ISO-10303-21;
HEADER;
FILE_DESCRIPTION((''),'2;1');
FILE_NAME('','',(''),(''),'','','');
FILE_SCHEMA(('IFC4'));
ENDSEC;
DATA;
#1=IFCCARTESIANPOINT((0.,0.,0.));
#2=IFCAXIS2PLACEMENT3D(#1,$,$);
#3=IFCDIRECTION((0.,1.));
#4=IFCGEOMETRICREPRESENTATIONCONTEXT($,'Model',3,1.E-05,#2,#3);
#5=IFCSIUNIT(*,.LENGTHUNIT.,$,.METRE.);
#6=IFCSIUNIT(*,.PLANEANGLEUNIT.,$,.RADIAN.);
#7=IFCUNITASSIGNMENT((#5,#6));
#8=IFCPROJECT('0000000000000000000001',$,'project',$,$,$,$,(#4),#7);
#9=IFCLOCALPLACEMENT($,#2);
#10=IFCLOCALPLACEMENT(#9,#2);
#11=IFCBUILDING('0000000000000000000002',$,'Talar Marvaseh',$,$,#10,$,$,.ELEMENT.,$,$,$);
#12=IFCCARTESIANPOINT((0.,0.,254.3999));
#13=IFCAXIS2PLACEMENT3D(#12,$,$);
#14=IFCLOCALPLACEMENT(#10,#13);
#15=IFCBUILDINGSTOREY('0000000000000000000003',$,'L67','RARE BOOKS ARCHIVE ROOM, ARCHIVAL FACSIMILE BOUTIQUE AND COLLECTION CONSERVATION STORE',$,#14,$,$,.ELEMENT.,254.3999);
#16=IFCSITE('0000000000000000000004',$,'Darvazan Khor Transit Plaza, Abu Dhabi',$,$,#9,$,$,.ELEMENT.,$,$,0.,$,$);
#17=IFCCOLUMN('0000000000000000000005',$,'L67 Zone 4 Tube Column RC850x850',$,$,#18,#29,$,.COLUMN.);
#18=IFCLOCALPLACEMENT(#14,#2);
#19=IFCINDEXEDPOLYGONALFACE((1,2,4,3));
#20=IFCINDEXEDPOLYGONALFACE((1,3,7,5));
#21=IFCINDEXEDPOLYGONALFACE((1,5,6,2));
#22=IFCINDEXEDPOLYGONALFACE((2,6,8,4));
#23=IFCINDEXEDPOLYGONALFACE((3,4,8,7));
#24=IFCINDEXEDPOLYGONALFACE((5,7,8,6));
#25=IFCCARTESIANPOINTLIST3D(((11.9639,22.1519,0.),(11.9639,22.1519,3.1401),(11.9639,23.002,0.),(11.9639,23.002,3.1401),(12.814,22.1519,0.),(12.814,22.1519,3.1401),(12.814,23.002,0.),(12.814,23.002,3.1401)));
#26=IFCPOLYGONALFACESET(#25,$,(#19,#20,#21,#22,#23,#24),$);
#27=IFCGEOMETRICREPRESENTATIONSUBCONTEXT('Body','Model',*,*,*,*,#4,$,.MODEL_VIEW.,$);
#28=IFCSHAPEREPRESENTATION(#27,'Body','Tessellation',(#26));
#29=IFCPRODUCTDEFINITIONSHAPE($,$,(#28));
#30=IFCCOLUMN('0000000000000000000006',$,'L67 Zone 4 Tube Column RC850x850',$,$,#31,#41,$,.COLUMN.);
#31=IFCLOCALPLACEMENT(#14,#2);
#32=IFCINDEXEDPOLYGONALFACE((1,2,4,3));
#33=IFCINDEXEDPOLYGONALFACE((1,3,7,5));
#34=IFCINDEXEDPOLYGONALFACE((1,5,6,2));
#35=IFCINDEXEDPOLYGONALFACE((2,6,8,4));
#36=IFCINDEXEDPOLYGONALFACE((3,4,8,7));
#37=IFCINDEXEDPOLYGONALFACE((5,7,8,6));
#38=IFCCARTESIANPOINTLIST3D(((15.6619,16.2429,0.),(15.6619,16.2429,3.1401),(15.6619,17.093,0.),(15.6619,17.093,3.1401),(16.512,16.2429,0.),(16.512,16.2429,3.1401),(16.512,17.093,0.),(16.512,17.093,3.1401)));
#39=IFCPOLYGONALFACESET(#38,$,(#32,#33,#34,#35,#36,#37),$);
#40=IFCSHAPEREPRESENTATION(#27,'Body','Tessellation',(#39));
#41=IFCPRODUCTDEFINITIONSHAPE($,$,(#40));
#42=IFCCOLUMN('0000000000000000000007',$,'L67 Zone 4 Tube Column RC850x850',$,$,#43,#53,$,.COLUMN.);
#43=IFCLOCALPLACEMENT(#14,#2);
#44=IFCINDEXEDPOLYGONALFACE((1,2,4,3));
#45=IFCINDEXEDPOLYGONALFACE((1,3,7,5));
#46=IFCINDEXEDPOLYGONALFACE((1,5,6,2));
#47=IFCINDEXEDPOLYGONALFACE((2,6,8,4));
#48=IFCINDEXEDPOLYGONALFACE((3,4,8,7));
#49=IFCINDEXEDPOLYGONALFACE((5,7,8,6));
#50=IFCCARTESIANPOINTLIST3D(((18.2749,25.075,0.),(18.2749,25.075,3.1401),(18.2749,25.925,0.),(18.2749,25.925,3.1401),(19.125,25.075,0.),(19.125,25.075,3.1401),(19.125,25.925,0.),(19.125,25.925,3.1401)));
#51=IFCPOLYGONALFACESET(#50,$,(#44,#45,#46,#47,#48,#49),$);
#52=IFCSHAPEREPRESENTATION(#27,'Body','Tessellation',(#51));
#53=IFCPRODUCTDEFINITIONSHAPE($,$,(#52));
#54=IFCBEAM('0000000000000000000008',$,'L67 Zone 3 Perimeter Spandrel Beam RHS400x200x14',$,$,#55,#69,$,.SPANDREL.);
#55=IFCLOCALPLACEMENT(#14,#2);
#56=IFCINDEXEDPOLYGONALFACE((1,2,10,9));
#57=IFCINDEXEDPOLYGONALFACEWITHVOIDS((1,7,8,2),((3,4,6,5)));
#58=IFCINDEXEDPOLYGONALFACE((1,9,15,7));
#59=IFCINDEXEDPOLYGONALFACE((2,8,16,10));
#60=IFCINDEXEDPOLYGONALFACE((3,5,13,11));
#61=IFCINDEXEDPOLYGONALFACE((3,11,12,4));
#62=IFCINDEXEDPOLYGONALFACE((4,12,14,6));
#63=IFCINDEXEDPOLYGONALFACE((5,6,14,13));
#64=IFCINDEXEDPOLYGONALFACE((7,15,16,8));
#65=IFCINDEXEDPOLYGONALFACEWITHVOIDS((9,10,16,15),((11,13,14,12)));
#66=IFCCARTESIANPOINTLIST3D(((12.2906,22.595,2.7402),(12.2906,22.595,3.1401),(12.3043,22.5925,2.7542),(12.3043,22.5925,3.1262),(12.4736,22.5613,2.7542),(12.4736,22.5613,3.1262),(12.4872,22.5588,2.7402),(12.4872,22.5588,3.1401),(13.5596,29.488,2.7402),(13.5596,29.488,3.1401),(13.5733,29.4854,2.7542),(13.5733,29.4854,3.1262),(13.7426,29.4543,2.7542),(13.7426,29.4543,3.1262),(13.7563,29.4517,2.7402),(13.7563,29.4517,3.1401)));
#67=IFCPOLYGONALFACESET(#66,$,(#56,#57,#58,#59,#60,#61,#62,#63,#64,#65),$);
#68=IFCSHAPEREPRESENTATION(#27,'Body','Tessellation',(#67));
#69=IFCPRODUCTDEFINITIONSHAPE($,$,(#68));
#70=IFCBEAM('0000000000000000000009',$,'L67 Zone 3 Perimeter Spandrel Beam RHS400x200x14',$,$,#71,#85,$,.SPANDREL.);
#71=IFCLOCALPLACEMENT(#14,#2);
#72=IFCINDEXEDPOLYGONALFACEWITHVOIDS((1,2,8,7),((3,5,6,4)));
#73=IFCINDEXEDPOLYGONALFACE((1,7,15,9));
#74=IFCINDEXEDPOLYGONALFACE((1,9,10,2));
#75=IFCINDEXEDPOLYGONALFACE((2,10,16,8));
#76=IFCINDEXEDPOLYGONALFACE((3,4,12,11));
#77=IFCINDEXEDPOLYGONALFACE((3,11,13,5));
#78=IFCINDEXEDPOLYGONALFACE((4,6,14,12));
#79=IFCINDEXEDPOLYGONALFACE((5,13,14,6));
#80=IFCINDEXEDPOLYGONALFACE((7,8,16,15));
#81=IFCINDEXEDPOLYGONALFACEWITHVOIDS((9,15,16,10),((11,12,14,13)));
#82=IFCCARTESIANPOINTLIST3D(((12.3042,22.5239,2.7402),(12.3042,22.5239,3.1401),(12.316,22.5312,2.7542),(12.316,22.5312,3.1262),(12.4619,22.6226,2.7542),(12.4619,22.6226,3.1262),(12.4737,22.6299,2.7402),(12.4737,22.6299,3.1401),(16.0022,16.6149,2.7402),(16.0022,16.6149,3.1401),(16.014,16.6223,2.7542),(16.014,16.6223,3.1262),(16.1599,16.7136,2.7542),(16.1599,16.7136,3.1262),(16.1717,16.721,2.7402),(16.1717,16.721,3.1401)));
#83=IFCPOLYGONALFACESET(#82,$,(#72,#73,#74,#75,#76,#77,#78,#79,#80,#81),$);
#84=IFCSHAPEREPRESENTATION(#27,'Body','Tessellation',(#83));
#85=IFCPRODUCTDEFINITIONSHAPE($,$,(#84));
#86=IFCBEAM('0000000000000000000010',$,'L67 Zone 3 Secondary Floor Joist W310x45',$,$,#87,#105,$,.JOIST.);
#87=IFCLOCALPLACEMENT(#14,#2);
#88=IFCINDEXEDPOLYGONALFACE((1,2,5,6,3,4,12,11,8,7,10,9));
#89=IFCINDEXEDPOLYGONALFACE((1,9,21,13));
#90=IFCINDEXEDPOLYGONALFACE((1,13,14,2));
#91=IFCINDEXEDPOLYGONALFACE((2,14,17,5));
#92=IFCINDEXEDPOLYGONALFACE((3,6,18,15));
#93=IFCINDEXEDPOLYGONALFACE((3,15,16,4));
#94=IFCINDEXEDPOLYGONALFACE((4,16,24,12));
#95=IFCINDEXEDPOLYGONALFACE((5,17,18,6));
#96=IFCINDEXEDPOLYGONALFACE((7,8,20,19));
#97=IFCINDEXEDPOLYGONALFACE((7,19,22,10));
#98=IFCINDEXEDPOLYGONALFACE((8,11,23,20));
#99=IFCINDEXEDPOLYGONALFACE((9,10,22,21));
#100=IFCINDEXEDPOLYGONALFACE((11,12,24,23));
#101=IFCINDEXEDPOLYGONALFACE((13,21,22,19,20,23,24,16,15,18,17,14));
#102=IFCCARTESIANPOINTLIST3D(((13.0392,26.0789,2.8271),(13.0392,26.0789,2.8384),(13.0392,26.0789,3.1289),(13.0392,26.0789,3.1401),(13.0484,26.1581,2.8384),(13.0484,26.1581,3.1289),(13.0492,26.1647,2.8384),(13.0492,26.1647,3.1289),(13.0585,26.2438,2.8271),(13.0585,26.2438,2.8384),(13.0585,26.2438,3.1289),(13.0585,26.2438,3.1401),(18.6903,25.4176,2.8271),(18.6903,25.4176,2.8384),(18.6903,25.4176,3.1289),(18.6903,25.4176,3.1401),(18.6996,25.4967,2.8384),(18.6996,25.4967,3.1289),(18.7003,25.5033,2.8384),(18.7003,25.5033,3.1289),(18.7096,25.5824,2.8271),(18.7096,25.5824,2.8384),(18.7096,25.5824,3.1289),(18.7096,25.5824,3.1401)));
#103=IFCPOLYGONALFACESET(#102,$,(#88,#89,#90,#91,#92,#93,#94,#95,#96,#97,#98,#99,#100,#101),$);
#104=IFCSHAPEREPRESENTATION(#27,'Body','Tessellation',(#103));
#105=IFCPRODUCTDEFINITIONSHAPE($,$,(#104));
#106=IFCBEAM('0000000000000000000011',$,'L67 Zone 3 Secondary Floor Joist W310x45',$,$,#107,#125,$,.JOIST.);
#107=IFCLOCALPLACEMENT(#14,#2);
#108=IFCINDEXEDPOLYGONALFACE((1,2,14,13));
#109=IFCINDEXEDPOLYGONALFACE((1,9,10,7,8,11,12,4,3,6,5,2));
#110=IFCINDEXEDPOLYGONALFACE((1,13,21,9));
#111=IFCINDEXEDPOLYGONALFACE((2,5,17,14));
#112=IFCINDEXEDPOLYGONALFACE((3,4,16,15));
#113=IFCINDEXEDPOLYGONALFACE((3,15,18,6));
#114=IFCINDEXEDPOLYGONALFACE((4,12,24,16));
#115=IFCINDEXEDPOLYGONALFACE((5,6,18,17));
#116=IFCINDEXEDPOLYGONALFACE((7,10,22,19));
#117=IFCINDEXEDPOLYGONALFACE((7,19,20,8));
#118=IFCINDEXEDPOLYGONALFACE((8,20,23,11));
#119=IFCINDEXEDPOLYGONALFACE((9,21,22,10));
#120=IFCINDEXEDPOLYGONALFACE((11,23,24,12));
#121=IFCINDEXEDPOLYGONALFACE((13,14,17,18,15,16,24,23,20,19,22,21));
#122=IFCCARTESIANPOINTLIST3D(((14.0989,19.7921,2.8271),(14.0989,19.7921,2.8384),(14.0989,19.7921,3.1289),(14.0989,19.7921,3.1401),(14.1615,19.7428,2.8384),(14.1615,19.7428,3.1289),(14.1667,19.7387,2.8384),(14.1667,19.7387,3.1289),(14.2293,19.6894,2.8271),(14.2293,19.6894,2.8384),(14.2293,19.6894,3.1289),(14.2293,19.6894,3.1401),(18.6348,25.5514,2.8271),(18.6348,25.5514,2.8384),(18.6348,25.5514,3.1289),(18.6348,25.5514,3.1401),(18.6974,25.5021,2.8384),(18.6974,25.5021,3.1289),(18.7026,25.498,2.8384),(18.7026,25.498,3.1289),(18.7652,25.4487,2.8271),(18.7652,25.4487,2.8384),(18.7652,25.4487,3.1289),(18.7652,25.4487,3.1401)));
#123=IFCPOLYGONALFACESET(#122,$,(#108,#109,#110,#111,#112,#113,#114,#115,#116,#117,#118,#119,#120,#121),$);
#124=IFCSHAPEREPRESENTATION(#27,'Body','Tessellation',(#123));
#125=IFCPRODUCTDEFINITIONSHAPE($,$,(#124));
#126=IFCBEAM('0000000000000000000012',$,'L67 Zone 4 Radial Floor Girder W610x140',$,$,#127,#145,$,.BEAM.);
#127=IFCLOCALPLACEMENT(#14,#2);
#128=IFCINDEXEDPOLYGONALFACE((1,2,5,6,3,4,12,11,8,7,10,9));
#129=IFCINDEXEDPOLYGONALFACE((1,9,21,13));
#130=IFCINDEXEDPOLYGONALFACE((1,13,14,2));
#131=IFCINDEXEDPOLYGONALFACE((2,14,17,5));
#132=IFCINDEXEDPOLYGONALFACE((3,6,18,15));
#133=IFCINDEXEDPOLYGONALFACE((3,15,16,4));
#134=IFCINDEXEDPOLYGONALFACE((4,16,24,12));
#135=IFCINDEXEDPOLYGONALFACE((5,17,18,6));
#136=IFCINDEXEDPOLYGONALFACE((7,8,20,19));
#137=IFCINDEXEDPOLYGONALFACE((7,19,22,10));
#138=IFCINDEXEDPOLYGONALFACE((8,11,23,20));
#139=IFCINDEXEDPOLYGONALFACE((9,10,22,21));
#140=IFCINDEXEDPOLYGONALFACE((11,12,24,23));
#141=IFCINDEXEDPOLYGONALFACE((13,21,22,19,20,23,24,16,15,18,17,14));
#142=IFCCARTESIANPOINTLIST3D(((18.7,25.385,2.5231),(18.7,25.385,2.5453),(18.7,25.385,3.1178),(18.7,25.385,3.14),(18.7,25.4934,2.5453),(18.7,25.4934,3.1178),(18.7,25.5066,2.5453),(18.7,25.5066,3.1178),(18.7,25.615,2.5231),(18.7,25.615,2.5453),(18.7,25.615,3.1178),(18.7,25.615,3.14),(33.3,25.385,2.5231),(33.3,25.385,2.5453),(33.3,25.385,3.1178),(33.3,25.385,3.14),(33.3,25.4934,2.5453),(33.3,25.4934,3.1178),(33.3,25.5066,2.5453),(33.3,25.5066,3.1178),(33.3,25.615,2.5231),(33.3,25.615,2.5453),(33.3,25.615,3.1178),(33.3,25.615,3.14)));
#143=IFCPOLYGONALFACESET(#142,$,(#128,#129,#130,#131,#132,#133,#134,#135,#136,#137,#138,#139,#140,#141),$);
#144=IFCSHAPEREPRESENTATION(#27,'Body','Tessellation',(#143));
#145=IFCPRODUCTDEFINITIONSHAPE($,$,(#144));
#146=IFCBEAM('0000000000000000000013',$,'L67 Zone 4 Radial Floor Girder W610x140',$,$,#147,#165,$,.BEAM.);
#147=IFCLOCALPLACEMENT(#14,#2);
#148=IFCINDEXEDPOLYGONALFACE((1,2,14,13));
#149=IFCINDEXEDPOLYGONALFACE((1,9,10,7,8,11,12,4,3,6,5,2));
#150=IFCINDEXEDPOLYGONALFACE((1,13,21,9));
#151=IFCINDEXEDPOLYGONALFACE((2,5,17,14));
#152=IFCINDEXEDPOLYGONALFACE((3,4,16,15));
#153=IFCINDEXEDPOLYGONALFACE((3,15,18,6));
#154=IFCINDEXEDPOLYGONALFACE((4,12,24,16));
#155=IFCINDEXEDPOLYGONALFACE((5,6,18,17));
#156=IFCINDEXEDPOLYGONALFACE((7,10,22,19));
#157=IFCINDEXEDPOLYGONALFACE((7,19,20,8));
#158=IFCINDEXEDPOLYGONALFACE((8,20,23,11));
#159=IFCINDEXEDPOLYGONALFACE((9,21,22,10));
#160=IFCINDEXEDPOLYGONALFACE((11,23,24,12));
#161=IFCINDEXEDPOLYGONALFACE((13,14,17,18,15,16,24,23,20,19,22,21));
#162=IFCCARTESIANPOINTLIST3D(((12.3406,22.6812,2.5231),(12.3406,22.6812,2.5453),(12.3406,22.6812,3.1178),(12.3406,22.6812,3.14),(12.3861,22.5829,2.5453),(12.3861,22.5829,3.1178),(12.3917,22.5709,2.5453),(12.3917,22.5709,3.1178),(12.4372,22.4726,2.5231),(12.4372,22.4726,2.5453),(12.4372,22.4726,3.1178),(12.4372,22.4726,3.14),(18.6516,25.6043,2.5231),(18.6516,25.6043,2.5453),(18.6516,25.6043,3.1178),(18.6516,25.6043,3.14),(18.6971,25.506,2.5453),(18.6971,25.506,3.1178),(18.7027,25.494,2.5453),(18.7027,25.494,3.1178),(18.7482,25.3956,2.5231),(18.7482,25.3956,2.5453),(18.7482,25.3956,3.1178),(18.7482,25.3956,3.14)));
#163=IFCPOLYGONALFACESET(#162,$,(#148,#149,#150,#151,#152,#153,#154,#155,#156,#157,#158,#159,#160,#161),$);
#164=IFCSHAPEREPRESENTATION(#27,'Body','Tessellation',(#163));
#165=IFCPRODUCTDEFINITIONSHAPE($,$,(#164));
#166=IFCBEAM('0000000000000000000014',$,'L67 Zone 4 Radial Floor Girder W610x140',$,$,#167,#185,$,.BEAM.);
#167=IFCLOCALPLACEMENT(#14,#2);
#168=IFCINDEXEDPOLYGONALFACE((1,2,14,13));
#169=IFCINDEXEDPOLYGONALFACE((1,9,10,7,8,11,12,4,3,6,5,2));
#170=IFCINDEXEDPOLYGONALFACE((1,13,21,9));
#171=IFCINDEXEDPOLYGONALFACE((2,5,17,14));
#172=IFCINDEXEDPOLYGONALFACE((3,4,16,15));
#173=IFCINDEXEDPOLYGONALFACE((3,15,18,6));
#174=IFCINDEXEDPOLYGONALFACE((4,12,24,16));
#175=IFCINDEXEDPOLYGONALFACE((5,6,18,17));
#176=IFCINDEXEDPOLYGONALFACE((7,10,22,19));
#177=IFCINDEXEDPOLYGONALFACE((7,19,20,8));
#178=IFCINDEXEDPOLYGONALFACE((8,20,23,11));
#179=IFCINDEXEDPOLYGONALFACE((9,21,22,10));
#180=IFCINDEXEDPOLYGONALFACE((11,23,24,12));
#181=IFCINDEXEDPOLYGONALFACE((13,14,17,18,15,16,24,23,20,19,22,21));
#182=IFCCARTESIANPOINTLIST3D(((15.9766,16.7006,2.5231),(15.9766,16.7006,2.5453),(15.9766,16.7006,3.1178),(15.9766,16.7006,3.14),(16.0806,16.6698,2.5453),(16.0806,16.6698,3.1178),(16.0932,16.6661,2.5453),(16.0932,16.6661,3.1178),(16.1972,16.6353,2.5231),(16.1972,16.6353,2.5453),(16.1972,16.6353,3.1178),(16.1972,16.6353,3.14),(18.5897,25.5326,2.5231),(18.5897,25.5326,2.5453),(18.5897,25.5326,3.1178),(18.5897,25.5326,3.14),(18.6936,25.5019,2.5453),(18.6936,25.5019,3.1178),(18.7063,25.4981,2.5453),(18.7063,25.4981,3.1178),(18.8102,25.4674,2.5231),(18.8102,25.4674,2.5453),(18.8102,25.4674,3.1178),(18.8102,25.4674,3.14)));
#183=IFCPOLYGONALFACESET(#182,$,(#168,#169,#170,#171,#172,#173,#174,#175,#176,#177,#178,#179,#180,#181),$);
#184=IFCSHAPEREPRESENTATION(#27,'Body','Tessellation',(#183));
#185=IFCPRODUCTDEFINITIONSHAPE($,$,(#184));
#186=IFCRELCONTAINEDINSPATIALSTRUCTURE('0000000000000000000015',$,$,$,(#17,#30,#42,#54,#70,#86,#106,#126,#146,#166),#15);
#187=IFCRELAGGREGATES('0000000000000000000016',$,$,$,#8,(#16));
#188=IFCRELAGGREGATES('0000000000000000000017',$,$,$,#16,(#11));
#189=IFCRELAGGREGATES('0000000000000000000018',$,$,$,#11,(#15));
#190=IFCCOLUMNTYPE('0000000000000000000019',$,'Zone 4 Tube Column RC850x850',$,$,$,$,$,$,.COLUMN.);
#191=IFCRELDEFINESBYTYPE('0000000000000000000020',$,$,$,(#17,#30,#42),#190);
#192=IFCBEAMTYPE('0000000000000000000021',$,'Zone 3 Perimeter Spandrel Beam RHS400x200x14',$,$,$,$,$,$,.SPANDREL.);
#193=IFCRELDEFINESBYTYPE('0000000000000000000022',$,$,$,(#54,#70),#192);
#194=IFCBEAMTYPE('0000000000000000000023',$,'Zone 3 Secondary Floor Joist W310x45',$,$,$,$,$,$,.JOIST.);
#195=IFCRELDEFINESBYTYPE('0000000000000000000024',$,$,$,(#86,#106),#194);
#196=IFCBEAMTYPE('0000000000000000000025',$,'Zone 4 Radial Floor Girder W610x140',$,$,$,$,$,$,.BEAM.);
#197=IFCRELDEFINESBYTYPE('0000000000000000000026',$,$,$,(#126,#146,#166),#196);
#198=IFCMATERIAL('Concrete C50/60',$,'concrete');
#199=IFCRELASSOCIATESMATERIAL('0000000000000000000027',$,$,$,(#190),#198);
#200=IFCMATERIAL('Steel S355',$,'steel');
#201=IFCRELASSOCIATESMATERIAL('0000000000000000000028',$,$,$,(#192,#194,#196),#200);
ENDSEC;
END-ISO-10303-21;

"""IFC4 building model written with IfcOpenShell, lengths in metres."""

from ifc_helpers import new_model, si_unit, direction, frame, origin, origin_2d, place, context, subcontext, project, spatial, rectangle, hollow_rectangle, i_section, extrude, material, material_profile, profile_set, type_object, element, save


model = new_model("IFC4")

# Units and contexts
model_context = context("Model", 3, precision=1e-05, world=origin(), true_north=direction((0.0, 1.0)))
body_context = subcontext(model_context, "Body", "Model", "MODEL_VIEW")
ifc_project = project(units=[si_unit("LENGTHUNIT", "METRE"), si_unit("PLANEANGLEUNIT", "RADIAN")], contexts=[model_context])

# Site, building, storey
site_placement = place(None, origin())
site = spatial("IfcSite", under=ifc_project, at=site_placement, Name="Darvazan Khor Transit Plaza, Abu Dhabi", CompositionType="ELEMENT", RefElevation=0.0)
building_placement = place(site_placement, origin())
building = spatial("IfcBuilding", under=site, at=building_placement, Name="Talar Marvaseh", CompositionType="ELEMENT")
storey_placement = place(building_placement, frame((0.0, 0.0, 254.3999)))
storey = spatial("IfcBuildingStorey", under=building, at=storey_placement, Name="L67", Description="RARE BOOKS ARCHIVE ROOM, ARCHIVAL FACSIMILE BOUTIQUE AND COLLECTION CONSERVATION STORE", CompositionType="ELEMENT", Elevation=254.3999)

# Columns
ifc_material_1 = material(Name="Concrete C50/60", Category="concrete")
ifc_material_profile_1 = material_profile(ifc_material_1, rectangle(XDim=0.8501, YDim=0.8501, at=origin_2d()), Name="RC850x850")
ifc_profile_set_1 = profile_set([ifc_material_profile_1], Name="Concrete C50/60")
column_type = type_object("IfcColumnType", Name="Zone 4 Tube Column RC850x850", PredefinedType="COLUMN", material=ifc_profile_set_1)
for number, where, z_axis, x_axis, name in (
    (1, (12.3889, 22.5769, 0.0), (0.0, 0.0, 1.0), (1.0, 0.0, 0.0), "L67 Zone 4 Tube Column RC850x850"),
    (2, (16.0869, 16.668, 0.0), (0.0, 0.0, 1.0), (1.0, 0.0, 0.0), "L67 Zone 4 Tube Column RC850x850"),
    (3, (18.7, 25.5, 0.0), (0.0, 0.0, 1.0), (1.0, 0.0, 0.0), "L67 Zone 4 Tube Column RC850x850"),
):
    element("IfcColumn", number, at=place(storey_placement, frame(where, z_axis=z_axis, x_axis=x_axis)), inside=storey, type_object=column_type, Name=name, PredefinedType="COLUMN", context=body_context, shape_type="SweptSolid", body=[
        extrude(rectangle(XDim=0.8501, YDim=0.8501, at=origin_2d()), origin(), (0.0, 0.0, 1.0), 3.1401),
    ])

# Beams
ifc_material_2 = material(Name="Steel S355", Category="steel")
ifc_material_profile_2 = material_profile(ifc_material_2, hollow_rectangle(XDim=0.2, YDim=0.3999, WallThickness=0.0139, at=origin_2d()), Name="RHS400x200x14")
ifc_profile_set_2 = profile_set([ifc_material_profile_2], Name="Steel S355")
beam_type_1 = type_object("IfcBeamType", Name="Zone 3 Perimeter Spandrel Beam RHS400x200x14", PredefinedType="SPANDREL", material=ifc_profile_set_2)
beam_1_placement = place(storey_placement, frame((12.3889, 22.5769, 2.9402), z_axis=(0.181061, 0.983472, 0.0), x_axis=(-0.983472, 0.181061, 0.0)))
element("IfcBeam", 4, at=beam_1_placement, inside=storey, type_object=beam_type_1, Name="L67 Zone 3 Perimeter Spandrel Beam RHS400x200x14", PredefinedType="SPANDREL", context=body_context, shape_type="SweptSolid", body=[
    extrude(hollow_rectangle(XDim=0.2, YDim=0.3999, WallThickness=0.0139, at=origin_2d()), origin(), (0.0, 0.0, 1.0), 7.0088),
])
beam_2_placement = place(storey_placement, frame((16.0869, 16.668, 2.9402), z_axis=(-0.530506, 0.847681, 0.0), x_axis=(-0.847681, -0.530506, 0.0)))
element("IfcBeam", 5, at=beam_2_placement, inside=storey, type_object=beam_type_1, Name="L67 Zone 3 Perimeter Spandrel Beam RHS400x200x14", PredefinedType="SPANDREL", context=body_context, shape_type="SweptSolid", body=[
    extrude(hollow_rectangle(XDim=0.2, YDim=0.3999, WallThickness=0.0139, at=origin_2d()), origin(), (0.0, 0.0, 1.0), 6.9707),
])
ifc_material_profile_3 = material_profile(ifc_material_2, i_section(OverallWidth=0.166, OverallDepth=0.313, WebThickness=0.0066, FlangeThickness=0.0112, at=origin_2d()), Name="W310x45")
ifc_profile_set_3 = profile_set([ifc_material_profile_3], Name="Steel S355")
beam_type_2 = type_object("IfcBeamType", Name="Zone 3 Secondary Floor Joist W310x45", PredefinedType="JOIST", material=ifc_profile_set_3)
beam_3_placement = place(storey_placement, frame((13.0488, 26.1614, 2.9836), z_axis=(0.993221, -0.116241, 0.0), x_axis=(0.116241, 0.993221, 0.0)))
element("IfcBeam", 6, at=beam_3_placement, inside=storey, type_object=beam_type_2, Name="L67 Zone 3 Secondary Floor Joist W310x45", PredefinedType="JOIST", context=body_context, shape_type="SweptSolid", body=[
    extrude(i_section(OverallWidth=0.166, OverallDepth=0.313, WebThickness=0.0066, FlangeThickness=0.0112, at=origin_2d()), origin(), (0.0, 0.0, 1.0), 5.6897),
])
beam_4_placement = place(storey_placement, frame((14.1641, 19.7407, 2.9836), z_axis=(0.618727, 0.785606, 0.0), x_axis=(-0.785606, 0.618727, 0.0)))
element("IfcBeam", 7, at=beam_4_placement, inside=storey, type_object=beam_type_2, Name="L67 Zone 3 Secondary Floor Joist W310x45", PredefinedType="JOIST", context=body_context, shape_type="SweptSolid", body=[
    extrude(i_section(OverallWidth=0.166, OverallDepth=0.313, WebThickness=0.0066, FlangeThickness=0.0112, at=origin_2d()), origin(), (0.0, 0.0, 1.0), 7.3311),
])
ifc_material_profile_4 = material_profile(ifc_material_2, i_section(OverallWidth=0.23, OverallDepth=0.6169, WebThickness=0.0132, FlangeThickness=0.0222, at=origin_2d()), Name="W610x140")
ifc_profile_set_4 = profile_set([ifc_material_profile_4], Name="Steel S355")
beam_type_3 = type_object("IfcBeamType", Name="Zone 4 Radial Floor Girder W610x140", PredefinedType="BEAM", material=ifc_profile_set_4)
beam_5_placement = place(storey_placement, frame((18.7, 25.5, 2.8315), z_axis=(1.0, 0.0, 0.0), x_axis=(0.0, 1.0, 0.0)))
element("IfcBeam", 8, at=beam_5_placement, inside=storey, type_object=beam_type_3, Name="L67 Zone 4 Radial Floor Girder W610x140", PredefinedType="BEAM", context=body_context, shape_type="SweptSolid", body=[
    extrude(i_section(OverallWidth=0.23, OverallDepth=0.6169, WebThickness=0.0132, FlangeThickness=0.0222, at=origin_2d()), origin(), (0.0, 0.0, 1.0), 14.6001),
])
beam_6_placement = place(storey_placement, frame((12.3889, 22.5769, 2.8315), z_axis=(0.907395, 0.42028, 0.0), x_axis=(-0.42028, 0.907395, 0.0)))
element("IfcBeam", 9, at=beam_6_placement, inside=storey, type_object=beam_type_3, Name="L67 Zone 4 Radial Floor Girder W610x140", PredefinedType="BEAM", context=body_context, shape_type="SweptSolid", body=[
    extrude(i_section(OverallWidth=0.23, OverallDepth=0.6169, WebThickness=0.0132, FlangeThickness=0.0222, at=origin_2d()), origin(), (0.0, 0.0, 1.0), 6.9551),
])
beam_7_placement = place(storey_placement, frame((16.0869, 16.668, 2.8315), z_axis=(0.283703, 0.958912, 0.0), x_axis=(-0.958912, 0.283703, 0.0)))
element("IfcBeam", 10, at=beam_7_placement, inside=storey, type_object=beam_type_3, Name="L67 Zone 4 Radial Floor Girder W610x140", PredefinedType="BEAM", context=body_context, shape_type="SweptSolid", body=[
    extrude(i_section(OverallWidth=0.23, OverallDepth=0.6169, WebThickness=0.0132, FlangeThickness=0.0222, at=origin_2d()), origin(), (0.0, 0.0, 1.0), 9.2104),
])

save(model, "model.ifc")
